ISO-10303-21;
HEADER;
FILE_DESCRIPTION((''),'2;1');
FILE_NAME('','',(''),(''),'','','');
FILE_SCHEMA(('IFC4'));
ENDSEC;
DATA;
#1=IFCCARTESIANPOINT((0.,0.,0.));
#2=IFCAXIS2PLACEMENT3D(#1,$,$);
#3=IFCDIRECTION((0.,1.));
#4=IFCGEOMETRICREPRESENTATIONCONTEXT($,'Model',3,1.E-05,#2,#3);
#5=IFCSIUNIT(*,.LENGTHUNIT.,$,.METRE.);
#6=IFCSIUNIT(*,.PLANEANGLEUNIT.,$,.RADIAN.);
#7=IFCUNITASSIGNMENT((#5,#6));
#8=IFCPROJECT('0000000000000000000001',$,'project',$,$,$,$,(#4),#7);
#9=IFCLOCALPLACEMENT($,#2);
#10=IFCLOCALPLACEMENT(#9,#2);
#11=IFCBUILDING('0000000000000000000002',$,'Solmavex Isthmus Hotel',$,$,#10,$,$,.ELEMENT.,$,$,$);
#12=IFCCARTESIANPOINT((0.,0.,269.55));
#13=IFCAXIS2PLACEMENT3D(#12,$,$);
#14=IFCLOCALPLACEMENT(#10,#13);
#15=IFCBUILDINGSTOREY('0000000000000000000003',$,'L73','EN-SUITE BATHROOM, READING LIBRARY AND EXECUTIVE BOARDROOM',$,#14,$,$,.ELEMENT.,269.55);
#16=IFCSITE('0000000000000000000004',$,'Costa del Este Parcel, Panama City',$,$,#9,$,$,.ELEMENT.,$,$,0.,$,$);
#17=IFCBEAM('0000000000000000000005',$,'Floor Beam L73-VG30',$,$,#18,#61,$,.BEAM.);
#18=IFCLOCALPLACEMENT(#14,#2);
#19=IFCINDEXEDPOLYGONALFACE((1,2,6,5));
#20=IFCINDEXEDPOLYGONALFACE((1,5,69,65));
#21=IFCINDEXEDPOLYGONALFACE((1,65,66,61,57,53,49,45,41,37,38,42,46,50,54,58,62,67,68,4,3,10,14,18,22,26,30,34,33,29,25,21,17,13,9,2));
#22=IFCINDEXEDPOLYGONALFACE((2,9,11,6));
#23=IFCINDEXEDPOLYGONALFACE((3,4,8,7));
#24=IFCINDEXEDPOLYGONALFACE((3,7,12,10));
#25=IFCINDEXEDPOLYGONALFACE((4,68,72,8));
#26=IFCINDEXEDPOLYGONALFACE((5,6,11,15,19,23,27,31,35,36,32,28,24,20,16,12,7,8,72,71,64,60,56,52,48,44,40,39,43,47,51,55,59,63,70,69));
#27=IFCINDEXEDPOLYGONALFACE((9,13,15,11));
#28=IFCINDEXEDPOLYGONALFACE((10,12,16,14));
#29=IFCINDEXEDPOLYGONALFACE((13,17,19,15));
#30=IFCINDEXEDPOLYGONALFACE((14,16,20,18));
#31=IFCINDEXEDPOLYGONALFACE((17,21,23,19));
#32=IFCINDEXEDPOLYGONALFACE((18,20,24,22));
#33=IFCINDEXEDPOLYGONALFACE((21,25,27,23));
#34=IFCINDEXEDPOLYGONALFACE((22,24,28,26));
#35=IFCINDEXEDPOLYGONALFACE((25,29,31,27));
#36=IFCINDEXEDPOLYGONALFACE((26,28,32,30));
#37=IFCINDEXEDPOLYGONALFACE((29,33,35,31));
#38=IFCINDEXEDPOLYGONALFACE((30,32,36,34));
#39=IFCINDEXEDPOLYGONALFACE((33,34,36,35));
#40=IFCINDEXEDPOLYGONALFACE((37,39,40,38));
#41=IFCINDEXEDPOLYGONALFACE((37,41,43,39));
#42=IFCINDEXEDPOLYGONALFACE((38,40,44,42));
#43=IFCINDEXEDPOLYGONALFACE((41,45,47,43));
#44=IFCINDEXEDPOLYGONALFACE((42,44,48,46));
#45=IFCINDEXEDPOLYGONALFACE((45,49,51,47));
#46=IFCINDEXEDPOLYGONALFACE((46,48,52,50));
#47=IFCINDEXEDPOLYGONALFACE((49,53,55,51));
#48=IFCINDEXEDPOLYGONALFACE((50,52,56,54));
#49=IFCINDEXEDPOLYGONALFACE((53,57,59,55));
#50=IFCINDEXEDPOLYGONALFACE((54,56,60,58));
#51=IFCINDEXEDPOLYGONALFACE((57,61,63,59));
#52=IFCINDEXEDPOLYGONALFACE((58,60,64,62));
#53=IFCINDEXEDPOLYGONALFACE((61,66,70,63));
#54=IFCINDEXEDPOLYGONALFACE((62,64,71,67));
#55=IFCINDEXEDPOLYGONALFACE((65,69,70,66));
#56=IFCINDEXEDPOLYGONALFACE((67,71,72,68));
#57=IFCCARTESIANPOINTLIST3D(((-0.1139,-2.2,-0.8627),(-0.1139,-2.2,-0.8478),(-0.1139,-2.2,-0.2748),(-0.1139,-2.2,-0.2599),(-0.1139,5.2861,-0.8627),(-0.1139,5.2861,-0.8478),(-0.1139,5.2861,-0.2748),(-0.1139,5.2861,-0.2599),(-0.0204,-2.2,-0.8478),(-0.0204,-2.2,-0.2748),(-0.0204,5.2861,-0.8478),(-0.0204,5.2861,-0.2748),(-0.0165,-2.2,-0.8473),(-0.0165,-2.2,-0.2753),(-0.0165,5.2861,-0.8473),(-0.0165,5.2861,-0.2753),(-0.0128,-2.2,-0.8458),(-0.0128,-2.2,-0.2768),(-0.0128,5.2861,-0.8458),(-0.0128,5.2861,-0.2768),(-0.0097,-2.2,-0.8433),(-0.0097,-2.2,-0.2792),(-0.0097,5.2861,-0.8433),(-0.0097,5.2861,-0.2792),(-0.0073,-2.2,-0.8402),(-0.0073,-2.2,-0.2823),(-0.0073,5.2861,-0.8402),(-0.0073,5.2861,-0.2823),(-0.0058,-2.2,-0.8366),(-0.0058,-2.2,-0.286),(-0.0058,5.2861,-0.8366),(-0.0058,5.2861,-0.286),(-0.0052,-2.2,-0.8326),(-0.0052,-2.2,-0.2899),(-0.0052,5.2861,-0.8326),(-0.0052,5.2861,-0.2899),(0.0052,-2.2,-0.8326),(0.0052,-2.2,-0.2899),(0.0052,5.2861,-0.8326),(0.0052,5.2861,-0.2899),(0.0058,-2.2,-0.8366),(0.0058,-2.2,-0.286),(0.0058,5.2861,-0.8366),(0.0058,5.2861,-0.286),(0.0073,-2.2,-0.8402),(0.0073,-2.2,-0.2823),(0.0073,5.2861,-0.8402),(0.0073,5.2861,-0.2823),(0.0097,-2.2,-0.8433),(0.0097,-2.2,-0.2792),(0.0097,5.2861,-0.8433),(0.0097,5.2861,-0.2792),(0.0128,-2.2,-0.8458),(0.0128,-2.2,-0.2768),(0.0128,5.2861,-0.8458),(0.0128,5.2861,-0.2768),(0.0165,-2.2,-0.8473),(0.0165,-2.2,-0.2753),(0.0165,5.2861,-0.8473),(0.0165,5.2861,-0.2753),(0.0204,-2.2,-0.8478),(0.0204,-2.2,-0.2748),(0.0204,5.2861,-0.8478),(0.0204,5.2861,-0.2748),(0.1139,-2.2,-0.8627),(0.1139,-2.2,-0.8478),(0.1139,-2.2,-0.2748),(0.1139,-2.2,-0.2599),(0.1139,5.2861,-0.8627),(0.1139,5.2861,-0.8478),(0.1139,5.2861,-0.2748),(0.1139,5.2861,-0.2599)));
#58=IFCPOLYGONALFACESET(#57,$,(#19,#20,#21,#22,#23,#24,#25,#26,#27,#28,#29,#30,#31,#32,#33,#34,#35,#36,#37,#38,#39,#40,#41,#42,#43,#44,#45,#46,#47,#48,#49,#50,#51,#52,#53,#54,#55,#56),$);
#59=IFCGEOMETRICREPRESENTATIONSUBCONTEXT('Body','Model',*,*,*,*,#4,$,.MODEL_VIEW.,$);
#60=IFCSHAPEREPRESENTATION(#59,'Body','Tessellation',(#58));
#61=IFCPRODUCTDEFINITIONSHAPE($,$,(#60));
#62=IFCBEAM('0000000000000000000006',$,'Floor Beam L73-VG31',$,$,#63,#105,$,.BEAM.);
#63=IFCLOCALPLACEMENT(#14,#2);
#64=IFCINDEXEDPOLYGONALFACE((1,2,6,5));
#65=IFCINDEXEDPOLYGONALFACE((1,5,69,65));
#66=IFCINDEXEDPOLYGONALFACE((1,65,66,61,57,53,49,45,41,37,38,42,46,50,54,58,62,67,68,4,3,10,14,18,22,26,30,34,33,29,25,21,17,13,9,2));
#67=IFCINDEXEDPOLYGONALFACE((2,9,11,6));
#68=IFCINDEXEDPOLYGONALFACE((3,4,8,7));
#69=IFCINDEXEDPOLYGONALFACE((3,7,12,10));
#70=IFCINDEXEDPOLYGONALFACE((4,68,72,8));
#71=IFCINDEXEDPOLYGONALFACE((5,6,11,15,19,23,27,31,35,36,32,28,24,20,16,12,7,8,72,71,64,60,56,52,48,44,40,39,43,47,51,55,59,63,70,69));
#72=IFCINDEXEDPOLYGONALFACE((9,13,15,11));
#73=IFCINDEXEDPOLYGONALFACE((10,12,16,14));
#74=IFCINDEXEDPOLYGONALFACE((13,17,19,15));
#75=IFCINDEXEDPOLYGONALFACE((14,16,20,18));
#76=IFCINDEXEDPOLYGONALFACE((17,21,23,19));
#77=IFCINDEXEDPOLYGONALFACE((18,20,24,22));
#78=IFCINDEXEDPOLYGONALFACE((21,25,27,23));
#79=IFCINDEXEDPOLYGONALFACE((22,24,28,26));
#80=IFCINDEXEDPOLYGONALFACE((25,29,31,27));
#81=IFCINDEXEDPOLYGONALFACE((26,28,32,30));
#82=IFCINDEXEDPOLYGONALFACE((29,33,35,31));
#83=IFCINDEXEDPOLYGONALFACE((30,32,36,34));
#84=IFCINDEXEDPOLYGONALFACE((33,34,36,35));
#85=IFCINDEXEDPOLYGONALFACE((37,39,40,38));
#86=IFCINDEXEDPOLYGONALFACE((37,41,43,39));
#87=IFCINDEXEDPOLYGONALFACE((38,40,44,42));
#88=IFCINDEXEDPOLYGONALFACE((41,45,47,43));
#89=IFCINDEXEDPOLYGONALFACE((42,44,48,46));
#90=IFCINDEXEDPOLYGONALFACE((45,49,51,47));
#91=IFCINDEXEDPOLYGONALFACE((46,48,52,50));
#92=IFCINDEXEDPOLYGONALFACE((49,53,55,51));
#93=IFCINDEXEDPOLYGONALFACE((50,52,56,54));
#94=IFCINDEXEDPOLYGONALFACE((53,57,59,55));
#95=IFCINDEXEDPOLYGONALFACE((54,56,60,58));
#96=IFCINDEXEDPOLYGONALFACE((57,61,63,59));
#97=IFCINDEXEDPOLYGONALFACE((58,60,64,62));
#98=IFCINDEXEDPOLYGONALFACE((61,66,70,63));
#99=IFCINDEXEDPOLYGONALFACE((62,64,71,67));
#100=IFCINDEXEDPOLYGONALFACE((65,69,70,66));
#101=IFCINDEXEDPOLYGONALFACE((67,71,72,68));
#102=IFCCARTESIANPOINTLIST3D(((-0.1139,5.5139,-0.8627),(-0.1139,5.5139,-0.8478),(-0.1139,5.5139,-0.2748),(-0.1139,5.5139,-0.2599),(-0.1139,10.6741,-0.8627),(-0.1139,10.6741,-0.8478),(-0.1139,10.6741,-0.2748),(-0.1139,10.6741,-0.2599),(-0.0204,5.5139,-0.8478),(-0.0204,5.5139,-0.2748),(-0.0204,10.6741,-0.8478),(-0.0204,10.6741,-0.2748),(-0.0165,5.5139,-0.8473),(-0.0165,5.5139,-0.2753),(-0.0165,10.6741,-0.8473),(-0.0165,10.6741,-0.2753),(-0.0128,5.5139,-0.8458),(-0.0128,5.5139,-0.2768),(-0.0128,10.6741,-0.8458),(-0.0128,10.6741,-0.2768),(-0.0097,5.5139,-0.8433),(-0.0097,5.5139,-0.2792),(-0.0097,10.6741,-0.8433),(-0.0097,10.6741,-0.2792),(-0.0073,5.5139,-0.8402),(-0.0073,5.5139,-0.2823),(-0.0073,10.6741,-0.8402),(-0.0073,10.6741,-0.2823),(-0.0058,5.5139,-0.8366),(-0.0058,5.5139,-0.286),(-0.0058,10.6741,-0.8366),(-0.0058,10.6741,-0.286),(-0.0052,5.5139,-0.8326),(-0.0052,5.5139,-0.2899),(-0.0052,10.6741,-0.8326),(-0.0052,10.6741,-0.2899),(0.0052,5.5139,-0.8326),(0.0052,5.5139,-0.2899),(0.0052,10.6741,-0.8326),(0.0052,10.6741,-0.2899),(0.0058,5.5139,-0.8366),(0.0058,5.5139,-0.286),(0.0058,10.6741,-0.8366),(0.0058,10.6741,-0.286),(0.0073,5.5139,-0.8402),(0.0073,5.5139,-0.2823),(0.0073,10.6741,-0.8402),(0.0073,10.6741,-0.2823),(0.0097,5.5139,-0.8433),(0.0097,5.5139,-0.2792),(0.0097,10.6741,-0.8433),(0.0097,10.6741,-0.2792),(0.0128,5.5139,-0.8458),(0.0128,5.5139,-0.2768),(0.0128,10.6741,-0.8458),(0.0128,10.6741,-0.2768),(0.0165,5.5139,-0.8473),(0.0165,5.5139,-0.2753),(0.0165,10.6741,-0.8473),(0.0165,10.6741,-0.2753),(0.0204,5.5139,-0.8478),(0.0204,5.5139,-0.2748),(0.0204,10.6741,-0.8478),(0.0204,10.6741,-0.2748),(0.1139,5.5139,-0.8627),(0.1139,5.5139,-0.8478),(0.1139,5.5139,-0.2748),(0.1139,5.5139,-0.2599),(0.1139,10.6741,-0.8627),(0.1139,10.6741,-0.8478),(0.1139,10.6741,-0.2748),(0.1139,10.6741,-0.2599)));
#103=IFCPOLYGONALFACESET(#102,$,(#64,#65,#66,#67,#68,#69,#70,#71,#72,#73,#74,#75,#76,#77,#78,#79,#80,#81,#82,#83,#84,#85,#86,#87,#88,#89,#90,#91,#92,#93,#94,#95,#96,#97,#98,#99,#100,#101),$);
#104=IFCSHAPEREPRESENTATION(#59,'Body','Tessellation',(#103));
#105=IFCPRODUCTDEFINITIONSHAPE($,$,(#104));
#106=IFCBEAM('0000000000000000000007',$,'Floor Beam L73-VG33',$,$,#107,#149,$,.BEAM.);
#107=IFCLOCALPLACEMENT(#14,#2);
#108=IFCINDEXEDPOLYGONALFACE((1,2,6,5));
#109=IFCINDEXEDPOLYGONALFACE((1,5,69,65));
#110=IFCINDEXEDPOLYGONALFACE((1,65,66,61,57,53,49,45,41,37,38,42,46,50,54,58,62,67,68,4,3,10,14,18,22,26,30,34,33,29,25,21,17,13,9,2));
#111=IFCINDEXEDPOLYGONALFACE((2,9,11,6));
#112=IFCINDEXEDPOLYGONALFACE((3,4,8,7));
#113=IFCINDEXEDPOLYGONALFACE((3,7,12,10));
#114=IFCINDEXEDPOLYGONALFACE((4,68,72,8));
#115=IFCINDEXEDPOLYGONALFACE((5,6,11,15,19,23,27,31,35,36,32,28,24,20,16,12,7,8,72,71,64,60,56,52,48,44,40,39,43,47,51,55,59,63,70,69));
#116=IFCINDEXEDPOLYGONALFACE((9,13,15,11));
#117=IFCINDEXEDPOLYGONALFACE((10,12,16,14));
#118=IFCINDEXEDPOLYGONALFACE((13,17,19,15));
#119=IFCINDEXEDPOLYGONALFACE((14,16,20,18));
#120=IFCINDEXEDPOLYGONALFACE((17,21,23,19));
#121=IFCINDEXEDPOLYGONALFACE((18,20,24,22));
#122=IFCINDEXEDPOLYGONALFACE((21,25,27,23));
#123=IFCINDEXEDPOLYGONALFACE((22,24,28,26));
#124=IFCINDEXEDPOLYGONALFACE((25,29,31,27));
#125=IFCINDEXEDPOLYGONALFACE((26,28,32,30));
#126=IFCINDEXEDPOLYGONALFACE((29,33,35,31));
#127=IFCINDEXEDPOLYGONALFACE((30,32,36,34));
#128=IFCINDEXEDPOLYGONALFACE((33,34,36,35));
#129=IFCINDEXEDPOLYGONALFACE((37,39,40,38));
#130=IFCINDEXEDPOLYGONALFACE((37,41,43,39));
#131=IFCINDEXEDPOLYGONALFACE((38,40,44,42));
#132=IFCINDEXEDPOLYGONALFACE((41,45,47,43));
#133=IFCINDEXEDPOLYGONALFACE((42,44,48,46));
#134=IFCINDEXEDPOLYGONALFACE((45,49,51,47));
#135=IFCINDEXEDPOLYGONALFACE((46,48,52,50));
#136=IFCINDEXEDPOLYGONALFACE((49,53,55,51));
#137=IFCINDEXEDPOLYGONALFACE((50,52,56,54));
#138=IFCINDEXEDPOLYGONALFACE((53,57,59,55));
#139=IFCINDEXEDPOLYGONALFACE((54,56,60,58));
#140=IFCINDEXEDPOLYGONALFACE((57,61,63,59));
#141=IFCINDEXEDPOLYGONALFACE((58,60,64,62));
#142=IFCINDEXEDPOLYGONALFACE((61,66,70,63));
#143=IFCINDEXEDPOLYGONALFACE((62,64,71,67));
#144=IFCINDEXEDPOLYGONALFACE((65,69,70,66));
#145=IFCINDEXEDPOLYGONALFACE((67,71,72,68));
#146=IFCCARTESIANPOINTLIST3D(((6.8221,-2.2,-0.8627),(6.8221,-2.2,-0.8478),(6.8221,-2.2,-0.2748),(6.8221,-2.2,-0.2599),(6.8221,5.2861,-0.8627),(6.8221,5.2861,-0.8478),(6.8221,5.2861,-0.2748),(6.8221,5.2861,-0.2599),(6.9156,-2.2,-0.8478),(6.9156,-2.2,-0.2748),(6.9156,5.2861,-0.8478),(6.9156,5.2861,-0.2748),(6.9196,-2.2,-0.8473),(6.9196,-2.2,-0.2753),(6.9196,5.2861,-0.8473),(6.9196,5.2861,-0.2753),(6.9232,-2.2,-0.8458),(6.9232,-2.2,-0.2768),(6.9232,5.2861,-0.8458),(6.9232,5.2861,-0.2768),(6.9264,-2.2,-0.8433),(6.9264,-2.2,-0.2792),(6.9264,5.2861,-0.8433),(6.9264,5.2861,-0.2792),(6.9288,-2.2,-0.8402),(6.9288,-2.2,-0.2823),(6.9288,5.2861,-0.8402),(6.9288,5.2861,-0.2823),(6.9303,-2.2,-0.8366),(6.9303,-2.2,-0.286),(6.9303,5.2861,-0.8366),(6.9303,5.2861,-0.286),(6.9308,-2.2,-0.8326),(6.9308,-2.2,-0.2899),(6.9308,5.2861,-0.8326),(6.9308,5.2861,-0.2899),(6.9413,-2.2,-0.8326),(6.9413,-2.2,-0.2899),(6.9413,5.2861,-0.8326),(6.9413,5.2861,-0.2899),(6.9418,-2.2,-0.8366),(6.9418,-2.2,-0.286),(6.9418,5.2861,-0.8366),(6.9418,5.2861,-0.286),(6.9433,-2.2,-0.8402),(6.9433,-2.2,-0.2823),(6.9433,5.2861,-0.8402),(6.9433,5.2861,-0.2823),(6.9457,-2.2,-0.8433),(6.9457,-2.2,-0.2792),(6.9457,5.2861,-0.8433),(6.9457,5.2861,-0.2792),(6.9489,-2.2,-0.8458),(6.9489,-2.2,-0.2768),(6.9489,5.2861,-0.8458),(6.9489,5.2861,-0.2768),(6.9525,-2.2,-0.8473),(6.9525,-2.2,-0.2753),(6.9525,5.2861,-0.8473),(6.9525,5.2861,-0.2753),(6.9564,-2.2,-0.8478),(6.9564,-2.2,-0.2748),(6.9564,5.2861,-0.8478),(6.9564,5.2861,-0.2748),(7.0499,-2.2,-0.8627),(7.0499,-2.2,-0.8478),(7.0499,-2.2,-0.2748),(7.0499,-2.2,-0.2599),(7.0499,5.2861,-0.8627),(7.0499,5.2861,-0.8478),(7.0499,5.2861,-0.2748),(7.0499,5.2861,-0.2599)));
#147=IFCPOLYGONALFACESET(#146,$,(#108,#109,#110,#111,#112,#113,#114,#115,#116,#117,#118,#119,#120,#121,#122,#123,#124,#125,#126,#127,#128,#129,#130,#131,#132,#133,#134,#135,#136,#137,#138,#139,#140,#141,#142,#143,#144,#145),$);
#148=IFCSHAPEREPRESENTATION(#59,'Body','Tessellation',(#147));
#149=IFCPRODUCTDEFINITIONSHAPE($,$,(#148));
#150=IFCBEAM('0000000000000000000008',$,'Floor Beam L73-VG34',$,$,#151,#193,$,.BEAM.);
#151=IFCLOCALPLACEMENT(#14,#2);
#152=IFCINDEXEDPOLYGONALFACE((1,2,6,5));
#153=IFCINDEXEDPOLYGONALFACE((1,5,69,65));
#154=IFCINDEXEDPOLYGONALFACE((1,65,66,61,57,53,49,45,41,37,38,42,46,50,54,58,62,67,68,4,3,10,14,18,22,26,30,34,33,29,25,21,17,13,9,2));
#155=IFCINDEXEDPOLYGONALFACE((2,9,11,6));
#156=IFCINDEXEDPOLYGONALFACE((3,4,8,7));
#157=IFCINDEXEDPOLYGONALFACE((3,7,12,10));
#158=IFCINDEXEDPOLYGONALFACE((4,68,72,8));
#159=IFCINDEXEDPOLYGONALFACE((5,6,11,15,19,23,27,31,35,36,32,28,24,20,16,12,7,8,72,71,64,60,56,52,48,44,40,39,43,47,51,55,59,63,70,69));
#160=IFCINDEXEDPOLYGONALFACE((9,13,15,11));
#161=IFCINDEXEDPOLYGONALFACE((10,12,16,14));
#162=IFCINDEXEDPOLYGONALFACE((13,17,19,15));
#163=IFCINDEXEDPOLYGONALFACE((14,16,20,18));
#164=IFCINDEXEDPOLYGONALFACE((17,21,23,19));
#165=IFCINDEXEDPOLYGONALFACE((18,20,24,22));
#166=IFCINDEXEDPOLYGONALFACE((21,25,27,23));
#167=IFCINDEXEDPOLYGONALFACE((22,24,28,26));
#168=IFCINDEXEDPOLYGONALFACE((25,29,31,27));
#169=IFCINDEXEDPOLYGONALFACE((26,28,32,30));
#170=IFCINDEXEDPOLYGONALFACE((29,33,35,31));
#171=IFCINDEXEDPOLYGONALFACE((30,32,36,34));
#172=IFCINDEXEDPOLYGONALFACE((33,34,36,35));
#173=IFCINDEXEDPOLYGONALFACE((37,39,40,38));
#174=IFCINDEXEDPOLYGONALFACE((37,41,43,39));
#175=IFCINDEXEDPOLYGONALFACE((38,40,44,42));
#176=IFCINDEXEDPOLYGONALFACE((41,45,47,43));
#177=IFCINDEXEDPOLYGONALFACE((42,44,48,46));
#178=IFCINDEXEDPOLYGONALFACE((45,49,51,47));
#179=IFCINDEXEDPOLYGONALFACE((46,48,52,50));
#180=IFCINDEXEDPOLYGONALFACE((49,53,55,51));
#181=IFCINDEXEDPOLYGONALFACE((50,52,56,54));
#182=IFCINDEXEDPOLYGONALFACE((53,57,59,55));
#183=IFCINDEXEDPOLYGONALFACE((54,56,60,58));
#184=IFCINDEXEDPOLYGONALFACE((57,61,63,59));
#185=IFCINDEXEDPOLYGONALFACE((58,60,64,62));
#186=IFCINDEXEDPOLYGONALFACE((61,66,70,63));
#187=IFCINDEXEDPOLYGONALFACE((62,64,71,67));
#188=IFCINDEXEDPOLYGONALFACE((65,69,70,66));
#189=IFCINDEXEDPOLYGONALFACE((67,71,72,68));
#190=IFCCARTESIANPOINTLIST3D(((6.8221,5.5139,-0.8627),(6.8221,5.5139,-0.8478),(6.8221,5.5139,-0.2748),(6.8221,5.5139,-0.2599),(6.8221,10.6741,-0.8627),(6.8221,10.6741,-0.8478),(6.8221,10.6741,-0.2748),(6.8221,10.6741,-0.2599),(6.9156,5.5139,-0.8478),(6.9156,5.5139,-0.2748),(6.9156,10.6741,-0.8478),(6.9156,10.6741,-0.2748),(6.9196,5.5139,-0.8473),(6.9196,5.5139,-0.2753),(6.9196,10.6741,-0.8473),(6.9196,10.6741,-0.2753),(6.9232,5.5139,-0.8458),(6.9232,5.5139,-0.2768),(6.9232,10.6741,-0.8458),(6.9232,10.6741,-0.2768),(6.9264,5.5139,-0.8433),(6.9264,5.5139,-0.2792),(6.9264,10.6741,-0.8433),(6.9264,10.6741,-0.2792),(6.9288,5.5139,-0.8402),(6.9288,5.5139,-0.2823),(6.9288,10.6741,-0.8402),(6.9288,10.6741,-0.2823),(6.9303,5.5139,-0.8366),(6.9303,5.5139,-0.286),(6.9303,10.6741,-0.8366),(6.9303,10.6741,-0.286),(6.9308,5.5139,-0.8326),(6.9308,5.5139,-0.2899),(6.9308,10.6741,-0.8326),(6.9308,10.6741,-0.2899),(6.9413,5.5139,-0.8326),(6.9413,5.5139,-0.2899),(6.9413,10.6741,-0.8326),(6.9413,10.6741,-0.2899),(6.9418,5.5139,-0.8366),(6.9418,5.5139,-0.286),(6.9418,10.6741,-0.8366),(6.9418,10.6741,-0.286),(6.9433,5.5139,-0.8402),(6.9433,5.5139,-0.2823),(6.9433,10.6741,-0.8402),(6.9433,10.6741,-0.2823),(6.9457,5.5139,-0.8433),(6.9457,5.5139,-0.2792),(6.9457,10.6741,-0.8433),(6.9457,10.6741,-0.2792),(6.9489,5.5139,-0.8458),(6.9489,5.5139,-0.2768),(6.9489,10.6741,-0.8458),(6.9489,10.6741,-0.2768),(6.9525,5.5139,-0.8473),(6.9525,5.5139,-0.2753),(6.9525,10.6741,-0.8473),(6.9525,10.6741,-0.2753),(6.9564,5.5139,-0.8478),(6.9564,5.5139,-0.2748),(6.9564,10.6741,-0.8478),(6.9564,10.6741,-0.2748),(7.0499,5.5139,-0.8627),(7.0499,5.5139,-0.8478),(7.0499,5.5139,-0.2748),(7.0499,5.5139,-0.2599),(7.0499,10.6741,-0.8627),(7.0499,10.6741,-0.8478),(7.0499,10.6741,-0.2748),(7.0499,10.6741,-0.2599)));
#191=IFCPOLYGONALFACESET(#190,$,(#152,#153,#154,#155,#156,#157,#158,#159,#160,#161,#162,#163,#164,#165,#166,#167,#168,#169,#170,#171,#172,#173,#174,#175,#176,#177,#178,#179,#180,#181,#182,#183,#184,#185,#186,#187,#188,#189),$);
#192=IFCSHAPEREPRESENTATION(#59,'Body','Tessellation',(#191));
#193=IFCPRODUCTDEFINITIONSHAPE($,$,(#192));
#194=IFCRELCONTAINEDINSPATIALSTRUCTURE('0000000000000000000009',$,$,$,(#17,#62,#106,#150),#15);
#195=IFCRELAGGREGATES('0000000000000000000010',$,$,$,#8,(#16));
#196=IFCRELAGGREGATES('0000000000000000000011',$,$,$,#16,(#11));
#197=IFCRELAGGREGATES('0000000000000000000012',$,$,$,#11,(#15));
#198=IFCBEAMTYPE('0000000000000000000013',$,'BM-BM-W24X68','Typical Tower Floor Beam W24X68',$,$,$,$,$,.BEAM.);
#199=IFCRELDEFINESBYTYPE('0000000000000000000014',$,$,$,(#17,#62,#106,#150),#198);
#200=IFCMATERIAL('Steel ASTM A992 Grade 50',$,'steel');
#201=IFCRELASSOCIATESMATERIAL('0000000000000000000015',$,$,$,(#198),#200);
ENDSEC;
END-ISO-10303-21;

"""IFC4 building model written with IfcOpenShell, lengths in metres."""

from ifc_helpers import new_model, si_unit, direction, frame, origin, origin_2d, place, context, subcontext, project, spatial, i_section, extrude, material, material_profile, profile_set, type_object, element, save


model = new_model("IFC4")

# Units and contexts
model_context = context("Model", 3, precision=1e-05, world=origin(), true_north=direction((0.0, 1.0)))
body_context = subcontext(model_context, "Body", "Model", "MODEL_VIEW")
ifc_project = project(units=[si_unit("LENGTHUNIT", "METRE"), si_unit("PLANEANGLEUNIT", "RADIAN")], contexts=[model_context])

# Site, building, storey
site_placement = place(None, origin())
site = spatial("IfcSite", under=ifc_project, at=site_placement, Name="Costa del Este Parcel, Panama City", CompositionType="ELEMENT", RefElevation=0.0)
building_placement = place(site_placement, origin())
building = spatial("IfcBuilding", under=site, at=building_placement, Name="Solmavex Isthmus Hotel", CompositionType="ELEMENT")
storey_placement = place(building_placement, frame((0.0, 0.0, 269.55)))
storey = spatial("IfcBuildingStorey", under=building, at=storey_placement, Name="L73", Description="EN-SUITE BATHROOM, READING LIBRARY AND EXECUTIVE BOARDROOM", CompositionType="ELEMENT", Elevation=269.55)

# Beams
ifc_material_1 = material(Name="Steel ASTM A992 Grade 50", Category="steel")
ifc_material_profile_1 = material_profile(ifc_material_1, i_section(OverallWidth=0.2278, OverallDepth=0.6028, WebThickness=0.0105, FlangeThickness=0.0149, FilletRadius=0.0151, at=origin_2d()), Name="W24X68")
ifc_profile_set_1 = profile_set([ifc_material_profile_1], Name="Steel ASTM A992 Grade 50")
beam_type_1 = type_object("IfcBeamType", Name="BM-BM-W24X68", Description="Typical Tower Floor Beam W24X68", PredefinedType="BEAM", material=ifc_profile_set_1)
beam_1_placement = place(storey_placement, frame((0.0, -2.2, -0.5613), z_axis=(0.0, 1.0, 0.0), x_axis=(-1.0, 0.0, 0.0)))
element("IfcBeam", 1, at=beam_1_placement, inside=storey, type_object=beam_type_1, Name="Floor Beam L73-VG30", PredefinedType="BEAM", context=body_context, shape_type="SweptSolid", body=[
    extrude(i_section(OverallWidth=0.2278, OverallDepth=0.6028, WebThickness=0.0105, FlangeThickness=0.0149, FilletRadius=0.0151, at=origin_2d()), origin(), (0.0, 0.0, 1.0), 7.4861),
])
beam_2_placement = place(storey_placement, frame((0.0, 5.5139, -0.5613), z_axis=(0.0, 1.0, 0.0), x_axis=(-1.0, 0.0, 0.0)))
element("IfcBeam", 2, at=beam_2_placement, inside=storey, type_object=beam_type_1, Name="Floor Beam L73-VG31", PredefinedType="BEAM", context=body_context, shape_type="SweptSolid", body=[
    extrude(i_section(OverallWidth=0.2278, OverallDepth=0.6028, WebThickness=0.0105, FlangeThickness=0.0149, FilletRadius=0.0151, at=origin_2d()), origin(), (0.0, 0.0, 1.0), 5.1602),
])
beam_3_placement = place(storey_placement, frame((6.936, -2.2, -0.5613), z_axis=(0.0, 1.0, 0.0), x_axis=(-1.0, 0.0, 0.0)))
element("IfcBeam", 3, at=beam_3_placement, inside=storey, type_object=beam_type_1, Name="Floor Beam L73-VG33", PredefinedType="BEAM", context=body_context, shape_type="SweptSolid", body=[
    extrude(i_section(OverallWidth=0.2278, OverallDepth=0.6028, WebThickness=0.0105, FlangeThickness=0.0149, FilletRadius=0.0151, at=origin_2d()), origin(), (0.0, 0.0, 1.0), 7.4861),
])
beam_4_placement = place(storey_placement, frame((6.936, 5.5139, -0.5613), z_axis=(0.0, 1.0, 0.0), x_axis=(-1.0, 0.0, 0.0)))
element("IfcBeam", 4, at=beam_4_placement, inside=storey, type_object=beam_type_1, Name="Floor Beam L73-VG34", PredefinedType="BEAM", context=body_context, shape_type="SweptSolid", body=[
    extrude(i_section(OverallWidth=0.2278, OverallDepth=0.6028, WebThickness=0.0105, FlangeThickness=0.0149, FilletRadius=0.0151, at=origin_2d()), origin(), (0.0, 0.0, 1.0), 5.1602),
])

save(model, "model.ifc")
